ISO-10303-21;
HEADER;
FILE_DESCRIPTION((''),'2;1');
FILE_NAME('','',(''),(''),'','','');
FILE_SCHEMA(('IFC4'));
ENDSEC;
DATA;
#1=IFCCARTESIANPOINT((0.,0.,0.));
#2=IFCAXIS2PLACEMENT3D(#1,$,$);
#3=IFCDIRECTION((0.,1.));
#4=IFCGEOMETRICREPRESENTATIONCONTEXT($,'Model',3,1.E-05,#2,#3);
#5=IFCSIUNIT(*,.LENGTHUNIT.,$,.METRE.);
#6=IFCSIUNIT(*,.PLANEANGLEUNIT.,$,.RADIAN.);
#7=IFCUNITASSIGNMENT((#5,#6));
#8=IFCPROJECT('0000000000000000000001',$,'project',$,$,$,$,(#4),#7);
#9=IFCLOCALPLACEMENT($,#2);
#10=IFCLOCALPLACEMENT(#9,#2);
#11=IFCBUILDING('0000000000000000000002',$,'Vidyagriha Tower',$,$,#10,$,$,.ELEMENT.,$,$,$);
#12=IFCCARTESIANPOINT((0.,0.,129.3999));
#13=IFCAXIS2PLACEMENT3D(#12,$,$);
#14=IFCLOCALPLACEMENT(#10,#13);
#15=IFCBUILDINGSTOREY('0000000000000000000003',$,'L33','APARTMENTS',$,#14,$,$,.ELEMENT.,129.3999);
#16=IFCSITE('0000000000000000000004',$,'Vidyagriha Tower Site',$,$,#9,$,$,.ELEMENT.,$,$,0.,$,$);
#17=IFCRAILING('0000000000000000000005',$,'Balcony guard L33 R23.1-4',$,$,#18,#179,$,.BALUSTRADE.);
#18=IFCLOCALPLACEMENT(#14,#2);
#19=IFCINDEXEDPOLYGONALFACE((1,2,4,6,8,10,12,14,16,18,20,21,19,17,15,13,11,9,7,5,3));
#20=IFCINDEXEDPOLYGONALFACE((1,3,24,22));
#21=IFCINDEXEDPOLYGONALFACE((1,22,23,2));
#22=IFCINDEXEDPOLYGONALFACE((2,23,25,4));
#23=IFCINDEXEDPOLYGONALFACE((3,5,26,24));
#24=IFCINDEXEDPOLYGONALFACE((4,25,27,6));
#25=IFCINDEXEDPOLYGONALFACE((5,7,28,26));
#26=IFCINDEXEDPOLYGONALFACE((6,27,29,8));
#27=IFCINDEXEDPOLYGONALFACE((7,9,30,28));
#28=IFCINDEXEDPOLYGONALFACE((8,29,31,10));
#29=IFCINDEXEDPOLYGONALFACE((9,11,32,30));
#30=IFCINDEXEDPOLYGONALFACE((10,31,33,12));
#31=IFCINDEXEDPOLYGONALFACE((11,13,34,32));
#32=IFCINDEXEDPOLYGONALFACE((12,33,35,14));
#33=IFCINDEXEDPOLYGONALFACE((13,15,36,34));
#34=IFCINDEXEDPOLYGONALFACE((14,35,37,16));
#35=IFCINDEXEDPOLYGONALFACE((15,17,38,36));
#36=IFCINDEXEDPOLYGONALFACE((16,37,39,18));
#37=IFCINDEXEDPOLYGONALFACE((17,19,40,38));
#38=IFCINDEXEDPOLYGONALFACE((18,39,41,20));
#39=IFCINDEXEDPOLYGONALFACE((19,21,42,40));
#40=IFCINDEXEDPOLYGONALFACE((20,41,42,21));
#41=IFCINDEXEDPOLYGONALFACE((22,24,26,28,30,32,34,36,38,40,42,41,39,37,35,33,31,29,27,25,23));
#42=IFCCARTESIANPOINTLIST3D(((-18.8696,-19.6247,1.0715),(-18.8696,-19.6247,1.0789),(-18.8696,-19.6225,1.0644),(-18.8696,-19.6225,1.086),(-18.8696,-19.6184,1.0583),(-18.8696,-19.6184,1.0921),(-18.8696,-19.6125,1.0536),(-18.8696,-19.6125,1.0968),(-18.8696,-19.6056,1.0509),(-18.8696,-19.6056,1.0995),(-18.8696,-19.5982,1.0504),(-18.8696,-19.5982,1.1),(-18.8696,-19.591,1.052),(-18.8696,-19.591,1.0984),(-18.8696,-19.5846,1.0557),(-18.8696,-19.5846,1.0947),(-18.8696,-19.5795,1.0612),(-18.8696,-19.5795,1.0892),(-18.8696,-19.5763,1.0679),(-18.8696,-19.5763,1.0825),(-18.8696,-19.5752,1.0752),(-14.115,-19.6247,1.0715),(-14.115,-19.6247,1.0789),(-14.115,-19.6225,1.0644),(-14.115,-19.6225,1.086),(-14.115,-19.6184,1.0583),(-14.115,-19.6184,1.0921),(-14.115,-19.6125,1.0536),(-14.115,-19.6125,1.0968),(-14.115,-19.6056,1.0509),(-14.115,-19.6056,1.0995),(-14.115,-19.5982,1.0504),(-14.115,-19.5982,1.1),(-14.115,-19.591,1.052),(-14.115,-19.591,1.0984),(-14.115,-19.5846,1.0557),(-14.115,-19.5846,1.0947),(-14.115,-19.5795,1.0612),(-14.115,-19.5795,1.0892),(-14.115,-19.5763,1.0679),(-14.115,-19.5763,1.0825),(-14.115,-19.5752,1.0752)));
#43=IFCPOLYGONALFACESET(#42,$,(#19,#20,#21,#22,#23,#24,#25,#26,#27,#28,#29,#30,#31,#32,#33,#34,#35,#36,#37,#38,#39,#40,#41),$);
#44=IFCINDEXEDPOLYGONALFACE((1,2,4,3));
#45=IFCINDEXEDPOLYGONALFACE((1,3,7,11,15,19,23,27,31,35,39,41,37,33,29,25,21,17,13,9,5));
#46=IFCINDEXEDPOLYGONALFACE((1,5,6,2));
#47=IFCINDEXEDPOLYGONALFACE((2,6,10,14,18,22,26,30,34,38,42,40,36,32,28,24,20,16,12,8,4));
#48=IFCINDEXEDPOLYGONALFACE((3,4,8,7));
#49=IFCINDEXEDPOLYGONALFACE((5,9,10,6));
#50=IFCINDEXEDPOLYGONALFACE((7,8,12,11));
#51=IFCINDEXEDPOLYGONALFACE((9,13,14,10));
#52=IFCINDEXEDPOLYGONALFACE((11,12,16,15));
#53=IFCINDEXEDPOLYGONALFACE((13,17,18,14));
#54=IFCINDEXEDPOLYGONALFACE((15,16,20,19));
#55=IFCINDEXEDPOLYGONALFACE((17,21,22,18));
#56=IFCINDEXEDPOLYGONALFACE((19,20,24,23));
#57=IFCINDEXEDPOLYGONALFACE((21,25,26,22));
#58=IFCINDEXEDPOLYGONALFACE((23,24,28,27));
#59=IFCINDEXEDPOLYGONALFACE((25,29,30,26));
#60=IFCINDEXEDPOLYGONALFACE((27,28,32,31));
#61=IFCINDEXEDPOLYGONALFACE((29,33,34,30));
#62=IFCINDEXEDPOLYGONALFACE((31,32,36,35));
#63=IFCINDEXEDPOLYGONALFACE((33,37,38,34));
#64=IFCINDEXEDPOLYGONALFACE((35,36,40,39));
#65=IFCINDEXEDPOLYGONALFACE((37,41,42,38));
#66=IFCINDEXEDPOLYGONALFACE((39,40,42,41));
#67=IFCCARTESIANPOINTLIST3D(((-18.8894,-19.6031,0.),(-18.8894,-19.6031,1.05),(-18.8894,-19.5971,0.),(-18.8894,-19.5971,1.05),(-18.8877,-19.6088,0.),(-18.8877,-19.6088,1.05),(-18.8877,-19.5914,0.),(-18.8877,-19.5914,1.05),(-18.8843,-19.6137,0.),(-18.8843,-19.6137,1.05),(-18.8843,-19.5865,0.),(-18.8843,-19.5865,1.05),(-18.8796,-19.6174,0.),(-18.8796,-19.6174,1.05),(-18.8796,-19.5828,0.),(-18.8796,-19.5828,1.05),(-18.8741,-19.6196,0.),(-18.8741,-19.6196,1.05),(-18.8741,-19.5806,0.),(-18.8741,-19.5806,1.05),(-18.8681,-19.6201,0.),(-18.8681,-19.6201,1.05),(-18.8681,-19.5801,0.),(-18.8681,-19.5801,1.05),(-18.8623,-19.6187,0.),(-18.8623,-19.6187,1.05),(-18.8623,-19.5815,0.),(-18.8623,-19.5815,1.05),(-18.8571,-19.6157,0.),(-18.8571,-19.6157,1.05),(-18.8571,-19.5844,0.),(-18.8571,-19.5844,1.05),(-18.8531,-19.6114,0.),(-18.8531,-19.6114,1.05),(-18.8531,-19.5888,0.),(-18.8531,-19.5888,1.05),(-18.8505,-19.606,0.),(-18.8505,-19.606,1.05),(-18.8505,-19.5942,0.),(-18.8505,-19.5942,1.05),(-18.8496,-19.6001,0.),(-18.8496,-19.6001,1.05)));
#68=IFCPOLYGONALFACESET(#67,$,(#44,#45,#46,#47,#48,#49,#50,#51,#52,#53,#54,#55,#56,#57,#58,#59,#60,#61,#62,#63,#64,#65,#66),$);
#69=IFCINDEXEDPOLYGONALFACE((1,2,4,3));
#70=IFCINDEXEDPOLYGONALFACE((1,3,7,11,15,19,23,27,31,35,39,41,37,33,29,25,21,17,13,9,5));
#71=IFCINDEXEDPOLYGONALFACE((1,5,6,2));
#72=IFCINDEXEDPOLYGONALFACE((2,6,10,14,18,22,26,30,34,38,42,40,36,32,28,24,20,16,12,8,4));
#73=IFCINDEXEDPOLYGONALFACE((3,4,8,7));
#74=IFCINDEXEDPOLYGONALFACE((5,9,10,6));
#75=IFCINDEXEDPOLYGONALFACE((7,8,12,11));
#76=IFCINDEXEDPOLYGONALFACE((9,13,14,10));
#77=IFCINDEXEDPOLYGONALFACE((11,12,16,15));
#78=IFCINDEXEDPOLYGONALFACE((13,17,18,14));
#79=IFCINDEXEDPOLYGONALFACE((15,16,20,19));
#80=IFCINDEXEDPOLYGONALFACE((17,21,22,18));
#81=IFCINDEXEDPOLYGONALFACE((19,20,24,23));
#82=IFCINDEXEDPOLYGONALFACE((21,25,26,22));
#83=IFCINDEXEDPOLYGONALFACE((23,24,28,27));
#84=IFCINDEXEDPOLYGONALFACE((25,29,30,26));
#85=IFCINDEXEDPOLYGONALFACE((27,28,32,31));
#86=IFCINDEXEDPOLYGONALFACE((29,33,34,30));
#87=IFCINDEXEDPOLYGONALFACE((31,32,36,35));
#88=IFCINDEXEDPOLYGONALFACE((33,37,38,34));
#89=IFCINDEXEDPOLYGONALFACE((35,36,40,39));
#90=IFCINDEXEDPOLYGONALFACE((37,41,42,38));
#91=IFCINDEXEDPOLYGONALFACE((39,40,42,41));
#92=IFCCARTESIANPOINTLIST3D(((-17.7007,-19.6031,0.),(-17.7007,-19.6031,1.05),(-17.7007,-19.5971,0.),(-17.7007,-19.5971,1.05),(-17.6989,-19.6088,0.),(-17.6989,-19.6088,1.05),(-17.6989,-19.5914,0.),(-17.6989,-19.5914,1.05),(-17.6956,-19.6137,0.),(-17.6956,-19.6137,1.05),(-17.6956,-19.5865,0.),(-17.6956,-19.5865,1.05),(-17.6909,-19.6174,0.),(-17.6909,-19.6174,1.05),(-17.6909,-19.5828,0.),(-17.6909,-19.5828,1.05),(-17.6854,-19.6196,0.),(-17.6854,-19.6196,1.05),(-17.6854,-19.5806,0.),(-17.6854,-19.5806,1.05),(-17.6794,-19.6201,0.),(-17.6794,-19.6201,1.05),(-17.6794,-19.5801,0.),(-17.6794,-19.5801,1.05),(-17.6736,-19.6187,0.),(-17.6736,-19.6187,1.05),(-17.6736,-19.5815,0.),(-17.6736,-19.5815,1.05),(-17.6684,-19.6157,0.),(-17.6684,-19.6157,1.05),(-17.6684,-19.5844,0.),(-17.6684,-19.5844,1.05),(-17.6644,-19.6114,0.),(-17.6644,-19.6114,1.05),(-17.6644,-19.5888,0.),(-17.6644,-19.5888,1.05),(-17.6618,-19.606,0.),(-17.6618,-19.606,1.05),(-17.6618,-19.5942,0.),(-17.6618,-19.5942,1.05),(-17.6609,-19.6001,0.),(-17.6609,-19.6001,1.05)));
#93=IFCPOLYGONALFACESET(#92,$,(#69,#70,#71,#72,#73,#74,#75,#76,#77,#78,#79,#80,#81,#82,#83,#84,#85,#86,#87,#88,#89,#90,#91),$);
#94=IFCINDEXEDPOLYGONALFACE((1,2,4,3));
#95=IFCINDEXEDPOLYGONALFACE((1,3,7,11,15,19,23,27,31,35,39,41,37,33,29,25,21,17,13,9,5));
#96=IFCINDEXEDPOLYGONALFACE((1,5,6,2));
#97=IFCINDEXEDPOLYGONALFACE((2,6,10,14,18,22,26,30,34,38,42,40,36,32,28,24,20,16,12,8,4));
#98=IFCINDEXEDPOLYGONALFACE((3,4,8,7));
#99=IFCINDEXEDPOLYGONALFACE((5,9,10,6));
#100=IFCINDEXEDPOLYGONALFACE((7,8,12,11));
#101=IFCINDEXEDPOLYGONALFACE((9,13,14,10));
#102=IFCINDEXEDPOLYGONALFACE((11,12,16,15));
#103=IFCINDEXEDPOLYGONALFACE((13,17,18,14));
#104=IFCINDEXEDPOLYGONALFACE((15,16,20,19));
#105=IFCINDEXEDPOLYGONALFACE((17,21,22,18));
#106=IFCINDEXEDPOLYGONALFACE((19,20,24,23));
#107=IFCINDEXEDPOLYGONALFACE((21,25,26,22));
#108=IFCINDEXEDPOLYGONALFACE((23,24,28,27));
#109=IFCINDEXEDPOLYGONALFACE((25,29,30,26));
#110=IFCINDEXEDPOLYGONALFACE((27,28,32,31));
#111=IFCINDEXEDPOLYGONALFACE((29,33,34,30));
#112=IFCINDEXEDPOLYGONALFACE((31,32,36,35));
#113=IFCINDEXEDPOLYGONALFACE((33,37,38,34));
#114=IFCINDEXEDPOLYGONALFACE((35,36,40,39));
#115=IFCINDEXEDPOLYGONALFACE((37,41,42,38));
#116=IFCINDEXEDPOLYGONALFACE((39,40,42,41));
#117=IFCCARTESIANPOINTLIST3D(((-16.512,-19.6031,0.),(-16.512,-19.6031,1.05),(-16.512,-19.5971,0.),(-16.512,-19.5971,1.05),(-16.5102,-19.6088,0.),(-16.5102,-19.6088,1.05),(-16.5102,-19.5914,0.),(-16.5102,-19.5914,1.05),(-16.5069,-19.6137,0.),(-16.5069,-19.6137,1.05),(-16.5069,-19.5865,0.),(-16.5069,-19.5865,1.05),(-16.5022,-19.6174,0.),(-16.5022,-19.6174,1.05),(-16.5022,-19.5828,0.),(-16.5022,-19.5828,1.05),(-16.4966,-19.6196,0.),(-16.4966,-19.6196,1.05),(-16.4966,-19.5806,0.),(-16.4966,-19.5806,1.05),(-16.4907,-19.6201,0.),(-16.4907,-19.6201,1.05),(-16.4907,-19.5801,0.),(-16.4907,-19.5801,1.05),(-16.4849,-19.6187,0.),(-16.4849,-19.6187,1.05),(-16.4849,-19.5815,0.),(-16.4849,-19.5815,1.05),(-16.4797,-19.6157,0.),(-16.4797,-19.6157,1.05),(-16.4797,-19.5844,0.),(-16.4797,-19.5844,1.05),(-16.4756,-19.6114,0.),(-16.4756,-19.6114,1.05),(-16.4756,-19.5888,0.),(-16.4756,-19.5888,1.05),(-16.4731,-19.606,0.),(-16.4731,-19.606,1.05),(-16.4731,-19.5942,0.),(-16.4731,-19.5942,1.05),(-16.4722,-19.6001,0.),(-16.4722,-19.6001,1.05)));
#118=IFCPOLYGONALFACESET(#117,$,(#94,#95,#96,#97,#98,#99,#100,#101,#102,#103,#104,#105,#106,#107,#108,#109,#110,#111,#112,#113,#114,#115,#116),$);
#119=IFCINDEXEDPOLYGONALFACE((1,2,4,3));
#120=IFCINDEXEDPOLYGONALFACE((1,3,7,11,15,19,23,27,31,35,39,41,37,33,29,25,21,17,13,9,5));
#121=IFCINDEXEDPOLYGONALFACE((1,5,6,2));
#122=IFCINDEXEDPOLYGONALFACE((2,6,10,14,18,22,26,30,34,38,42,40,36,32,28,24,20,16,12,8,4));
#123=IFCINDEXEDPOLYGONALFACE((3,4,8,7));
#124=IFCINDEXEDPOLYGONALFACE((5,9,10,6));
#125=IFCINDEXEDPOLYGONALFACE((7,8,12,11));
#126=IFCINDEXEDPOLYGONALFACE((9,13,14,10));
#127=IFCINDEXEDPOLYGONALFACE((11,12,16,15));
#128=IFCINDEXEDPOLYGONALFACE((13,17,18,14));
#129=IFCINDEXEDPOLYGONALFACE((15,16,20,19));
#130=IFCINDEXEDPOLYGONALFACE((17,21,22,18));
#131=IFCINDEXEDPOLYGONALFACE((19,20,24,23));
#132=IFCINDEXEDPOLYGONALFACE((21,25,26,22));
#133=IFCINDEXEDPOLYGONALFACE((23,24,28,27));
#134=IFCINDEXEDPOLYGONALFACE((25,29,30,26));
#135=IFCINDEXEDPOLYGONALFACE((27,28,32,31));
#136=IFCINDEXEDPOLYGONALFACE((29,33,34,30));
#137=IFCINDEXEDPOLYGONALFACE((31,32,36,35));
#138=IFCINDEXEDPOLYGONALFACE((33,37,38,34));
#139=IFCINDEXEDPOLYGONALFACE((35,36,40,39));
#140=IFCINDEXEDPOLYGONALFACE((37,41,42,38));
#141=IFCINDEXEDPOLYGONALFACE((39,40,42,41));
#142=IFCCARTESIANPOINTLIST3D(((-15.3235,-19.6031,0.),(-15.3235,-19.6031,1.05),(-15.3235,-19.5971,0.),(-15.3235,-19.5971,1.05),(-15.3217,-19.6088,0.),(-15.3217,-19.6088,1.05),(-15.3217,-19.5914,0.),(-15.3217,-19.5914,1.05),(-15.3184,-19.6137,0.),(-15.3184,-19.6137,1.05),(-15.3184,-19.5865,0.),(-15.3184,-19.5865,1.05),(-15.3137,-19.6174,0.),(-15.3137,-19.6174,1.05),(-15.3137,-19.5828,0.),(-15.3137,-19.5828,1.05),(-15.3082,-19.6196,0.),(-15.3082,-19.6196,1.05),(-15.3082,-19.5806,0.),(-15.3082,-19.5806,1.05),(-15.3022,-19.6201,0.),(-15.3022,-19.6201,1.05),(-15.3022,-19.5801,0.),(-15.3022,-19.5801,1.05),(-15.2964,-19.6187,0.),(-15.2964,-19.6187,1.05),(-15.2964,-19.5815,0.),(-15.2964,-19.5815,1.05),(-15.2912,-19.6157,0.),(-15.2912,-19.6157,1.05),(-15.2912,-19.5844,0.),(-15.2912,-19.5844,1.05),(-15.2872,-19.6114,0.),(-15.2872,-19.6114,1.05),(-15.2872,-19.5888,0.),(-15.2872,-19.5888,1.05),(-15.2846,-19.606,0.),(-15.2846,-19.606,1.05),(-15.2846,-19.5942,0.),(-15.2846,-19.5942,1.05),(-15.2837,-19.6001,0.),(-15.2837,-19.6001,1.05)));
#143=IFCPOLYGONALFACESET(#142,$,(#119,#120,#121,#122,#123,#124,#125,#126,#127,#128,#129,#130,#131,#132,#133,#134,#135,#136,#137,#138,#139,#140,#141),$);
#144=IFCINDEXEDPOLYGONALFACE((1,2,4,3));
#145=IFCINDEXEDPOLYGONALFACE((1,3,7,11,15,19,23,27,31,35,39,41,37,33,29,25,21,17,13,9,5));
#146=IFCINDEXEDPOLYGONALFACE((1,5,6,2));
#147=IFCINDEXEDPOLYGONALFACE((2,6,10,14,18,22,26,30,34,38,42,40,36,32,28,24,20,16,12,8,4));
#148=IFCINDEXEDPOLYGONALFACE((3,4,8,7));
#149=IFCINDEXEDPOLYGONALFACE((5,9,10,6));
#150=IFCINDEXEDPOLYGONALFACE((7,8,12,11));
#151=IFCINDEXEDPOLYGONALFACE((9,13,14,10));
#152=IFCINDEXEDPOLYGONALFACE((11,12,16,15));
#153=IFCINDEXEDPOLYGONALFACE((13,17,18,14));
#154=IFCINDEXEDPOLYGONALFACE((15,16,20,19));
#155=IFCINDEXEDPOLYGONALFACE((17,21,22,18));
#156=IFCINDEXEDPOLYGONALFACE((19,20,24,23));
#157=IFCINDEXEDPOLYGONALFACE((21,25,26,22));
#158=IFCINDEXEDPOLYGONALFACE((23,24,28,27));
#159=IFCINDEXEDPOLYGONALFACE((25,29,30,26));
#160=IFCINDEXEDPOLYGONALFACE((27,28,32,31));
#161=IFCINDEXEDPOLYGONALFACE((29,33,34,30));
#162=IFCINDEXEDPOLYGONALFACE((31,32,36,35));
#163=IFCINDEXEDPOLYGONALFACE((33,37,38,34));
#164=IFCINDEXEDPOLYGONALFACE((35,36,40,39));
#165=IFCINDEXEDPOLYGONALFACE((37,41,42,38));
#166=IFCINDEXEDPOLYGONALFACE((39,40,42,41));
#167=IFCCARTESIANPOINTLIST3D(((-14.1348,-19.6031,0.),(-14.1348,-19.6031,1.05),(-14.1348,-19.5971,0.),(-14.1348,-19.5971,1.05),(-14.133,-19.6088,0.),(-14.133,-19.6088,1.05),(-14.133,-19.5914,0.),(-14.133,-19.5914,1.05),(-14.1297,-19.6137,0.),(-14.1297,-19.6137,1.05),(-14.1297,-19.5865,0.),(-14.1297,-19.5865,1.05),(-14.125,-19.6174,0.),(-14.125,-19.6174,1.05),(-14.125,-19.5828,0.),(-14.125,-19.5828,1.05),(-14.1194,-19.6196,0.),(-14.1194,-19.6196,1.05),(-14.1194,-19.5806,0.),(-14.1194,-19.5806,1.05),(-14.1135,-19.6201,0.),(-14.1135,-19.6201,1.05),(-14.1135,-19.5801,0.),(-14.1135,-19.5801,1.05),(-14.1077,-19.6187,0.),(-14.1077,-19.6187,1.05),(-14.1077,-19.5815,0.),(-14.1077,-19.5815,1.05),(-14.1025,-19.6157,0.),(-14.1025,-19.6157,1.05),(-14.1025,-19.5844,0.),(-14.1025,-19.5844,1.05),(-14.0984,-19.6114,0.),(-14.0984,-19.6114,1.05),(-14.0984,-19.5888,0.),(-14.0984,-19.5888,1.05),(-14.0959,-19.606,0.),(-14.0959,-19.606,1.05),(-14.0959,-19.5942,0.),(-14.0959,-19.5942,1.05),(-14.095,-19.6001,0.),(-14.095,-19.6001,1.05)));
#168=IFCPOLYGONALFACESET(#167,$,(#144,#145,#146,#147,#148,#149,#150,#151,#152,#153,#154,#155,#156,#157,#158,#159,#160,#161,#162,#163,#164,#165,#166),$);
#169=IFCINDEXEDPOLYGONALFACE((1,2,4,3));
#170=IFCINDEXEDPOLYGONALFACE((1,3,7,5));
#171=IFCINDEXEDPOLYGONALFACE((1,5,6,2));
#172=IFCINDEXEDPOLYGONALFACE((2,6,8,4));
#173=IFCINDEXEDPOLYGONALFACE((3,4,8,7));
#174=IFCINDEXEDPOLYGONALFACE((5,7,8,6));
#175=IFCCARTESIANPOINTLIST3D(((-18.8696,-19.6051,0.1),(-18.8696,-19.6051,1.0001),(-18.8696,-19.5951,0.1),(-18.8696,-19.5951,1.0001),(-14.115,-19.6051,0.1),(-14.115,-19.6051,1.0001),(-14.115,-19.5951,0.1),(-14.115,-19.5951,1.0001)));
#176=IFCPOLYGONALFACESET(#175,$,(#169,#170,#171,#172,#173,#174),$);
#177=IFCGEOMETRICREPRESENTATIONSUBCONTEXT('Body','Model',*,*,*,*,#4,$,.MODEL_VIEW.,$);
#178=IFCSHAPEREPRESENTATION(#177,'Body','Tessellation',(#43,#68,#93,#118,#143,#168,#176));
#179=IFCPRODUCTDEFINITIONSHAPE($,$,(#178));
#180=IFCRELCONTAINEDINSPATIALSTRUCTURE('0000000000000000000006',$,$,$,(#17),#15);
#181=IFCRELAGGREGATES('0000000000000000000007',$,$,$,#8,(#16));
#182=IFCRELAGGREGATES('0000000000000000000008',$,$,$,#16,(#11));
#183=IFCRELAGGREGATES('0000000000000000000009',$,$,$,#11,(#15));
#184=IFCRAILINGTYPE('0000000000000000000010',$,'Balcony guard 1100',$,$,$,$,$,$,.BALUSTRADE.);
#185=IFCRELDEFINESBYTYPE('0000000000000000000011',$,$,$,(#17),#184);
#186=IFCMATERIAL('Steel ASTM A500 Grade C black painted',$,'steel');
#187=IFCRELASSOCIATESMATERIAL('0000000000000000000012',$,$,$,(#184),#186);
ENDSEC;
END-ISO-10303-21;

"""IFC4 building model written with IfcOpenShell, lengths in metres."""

from ifc_helpers import new_model, si_unit, direction, frame, origin, origin_2d, place, context, subcontext, project, spatial, rectangle, circle, extrude, material, type_object, element, save


model = new_model("IFC4")

# Units and contexts
model_context = context("Model", 3, precision=1e-05, world=origin(), true_north=direction((0.0, 1.0)))
body_context = subcontext(model_context, "Body", "Model", "MODEL_VIEW")
ifc_project = project(units=[si_unit("LENGTHUNIT", "METRE"), si_unit("PLANEANGLEUNIT", "RADIAN")], contexts=[model_context])

# Site, building, storey
site_placement = place(None, origin())
site = spatial("IfcSite", under=ifc_project, at=site_placement, Name="Vidyagriha Tower Site", CompositionType="ELEMENT", RefElevation=0.0)
building_placement = place(site_placement, origin())
building = spatial("IfcBuilding", under=site, at=building_placement, Name="Vidyagriha Tower", CompositionType="ELEMENT")
storey_placement = place(building_placement, frame((0.0, 0.0, 129.3999)))
storey = spatial("IfcBuildingStorey", under=building, at=storey_placement, Name="L33", Description="APARTMENTS", CompositionType="ELEMENT", Elevation=129.3999)

# Railing
ifc_material_1 = material(Name="Steel ASTM A500 Grade C black painted", Category="steel")
railing_type = type_object("IfcRailingType", Name="Balcony guard 1100", PredefinedType="BALUSTRADE", material=ifc_material_1)
railing_1_placement = place(storey_placement, frame((-18.8696, -19.6001, 0.0)))
element("IfcRailing", 1, at=railing_1_placement, inside=storey, type_object=railing_type, Name="Balcony guard L33 R23.1-4", PredefinedType="BALUSTRADE", context=body_context, shape_type="SweptSolid", body=[
    extrude(circle(Radius=0.0249, at=origin_2d()), frame((0.0, 0.0, 1.0752), z_axis=(1.0, 0.0, 0.0), x_axis=(0.0, 1.0, 0.0)), (0.0, 0.0, 1.0), 4.7546),
    extrude(circle(Radius=0.02, at=origin_2d()), origin(), (0.0, 0.0, 1.0), 1.05),
    extrude(circle(Radius=0.02, at=origin_2d()), frame((1.1887, 0.0, 0.0)), (0.0, 0.0, 1.0), 1.05),
    extrude(circle(Radius=0.02, at=origin_2d()), frame((2.3774, 0.0, 0.0)), (0.0, 0.0, 1.0), 1.05),
    extrude(circle(Radius=0.02, at=origin_2d()), frame((3.5659, 0.0, 0.0)), (0.0, 0.0, 1.0), 1.05),
    extrude(circle(Radius=0.02, at=origin_2d()), frame((4.7546, 0.0, 0.0)), (0.0, 0.0, 1.0), 1.05),
    extrude(rectangle(XDim=0.01, YDim=0.9001, at=origin_2d()), frame((0.0, 0.0, 0.55), z_axis=(1.0, 0.0, 0.0), x_axis=(0.0, 1.0, 0.0)), (0.0, 0.0, 1.0), 4.7546),
])

save(model, "model.ifc")
